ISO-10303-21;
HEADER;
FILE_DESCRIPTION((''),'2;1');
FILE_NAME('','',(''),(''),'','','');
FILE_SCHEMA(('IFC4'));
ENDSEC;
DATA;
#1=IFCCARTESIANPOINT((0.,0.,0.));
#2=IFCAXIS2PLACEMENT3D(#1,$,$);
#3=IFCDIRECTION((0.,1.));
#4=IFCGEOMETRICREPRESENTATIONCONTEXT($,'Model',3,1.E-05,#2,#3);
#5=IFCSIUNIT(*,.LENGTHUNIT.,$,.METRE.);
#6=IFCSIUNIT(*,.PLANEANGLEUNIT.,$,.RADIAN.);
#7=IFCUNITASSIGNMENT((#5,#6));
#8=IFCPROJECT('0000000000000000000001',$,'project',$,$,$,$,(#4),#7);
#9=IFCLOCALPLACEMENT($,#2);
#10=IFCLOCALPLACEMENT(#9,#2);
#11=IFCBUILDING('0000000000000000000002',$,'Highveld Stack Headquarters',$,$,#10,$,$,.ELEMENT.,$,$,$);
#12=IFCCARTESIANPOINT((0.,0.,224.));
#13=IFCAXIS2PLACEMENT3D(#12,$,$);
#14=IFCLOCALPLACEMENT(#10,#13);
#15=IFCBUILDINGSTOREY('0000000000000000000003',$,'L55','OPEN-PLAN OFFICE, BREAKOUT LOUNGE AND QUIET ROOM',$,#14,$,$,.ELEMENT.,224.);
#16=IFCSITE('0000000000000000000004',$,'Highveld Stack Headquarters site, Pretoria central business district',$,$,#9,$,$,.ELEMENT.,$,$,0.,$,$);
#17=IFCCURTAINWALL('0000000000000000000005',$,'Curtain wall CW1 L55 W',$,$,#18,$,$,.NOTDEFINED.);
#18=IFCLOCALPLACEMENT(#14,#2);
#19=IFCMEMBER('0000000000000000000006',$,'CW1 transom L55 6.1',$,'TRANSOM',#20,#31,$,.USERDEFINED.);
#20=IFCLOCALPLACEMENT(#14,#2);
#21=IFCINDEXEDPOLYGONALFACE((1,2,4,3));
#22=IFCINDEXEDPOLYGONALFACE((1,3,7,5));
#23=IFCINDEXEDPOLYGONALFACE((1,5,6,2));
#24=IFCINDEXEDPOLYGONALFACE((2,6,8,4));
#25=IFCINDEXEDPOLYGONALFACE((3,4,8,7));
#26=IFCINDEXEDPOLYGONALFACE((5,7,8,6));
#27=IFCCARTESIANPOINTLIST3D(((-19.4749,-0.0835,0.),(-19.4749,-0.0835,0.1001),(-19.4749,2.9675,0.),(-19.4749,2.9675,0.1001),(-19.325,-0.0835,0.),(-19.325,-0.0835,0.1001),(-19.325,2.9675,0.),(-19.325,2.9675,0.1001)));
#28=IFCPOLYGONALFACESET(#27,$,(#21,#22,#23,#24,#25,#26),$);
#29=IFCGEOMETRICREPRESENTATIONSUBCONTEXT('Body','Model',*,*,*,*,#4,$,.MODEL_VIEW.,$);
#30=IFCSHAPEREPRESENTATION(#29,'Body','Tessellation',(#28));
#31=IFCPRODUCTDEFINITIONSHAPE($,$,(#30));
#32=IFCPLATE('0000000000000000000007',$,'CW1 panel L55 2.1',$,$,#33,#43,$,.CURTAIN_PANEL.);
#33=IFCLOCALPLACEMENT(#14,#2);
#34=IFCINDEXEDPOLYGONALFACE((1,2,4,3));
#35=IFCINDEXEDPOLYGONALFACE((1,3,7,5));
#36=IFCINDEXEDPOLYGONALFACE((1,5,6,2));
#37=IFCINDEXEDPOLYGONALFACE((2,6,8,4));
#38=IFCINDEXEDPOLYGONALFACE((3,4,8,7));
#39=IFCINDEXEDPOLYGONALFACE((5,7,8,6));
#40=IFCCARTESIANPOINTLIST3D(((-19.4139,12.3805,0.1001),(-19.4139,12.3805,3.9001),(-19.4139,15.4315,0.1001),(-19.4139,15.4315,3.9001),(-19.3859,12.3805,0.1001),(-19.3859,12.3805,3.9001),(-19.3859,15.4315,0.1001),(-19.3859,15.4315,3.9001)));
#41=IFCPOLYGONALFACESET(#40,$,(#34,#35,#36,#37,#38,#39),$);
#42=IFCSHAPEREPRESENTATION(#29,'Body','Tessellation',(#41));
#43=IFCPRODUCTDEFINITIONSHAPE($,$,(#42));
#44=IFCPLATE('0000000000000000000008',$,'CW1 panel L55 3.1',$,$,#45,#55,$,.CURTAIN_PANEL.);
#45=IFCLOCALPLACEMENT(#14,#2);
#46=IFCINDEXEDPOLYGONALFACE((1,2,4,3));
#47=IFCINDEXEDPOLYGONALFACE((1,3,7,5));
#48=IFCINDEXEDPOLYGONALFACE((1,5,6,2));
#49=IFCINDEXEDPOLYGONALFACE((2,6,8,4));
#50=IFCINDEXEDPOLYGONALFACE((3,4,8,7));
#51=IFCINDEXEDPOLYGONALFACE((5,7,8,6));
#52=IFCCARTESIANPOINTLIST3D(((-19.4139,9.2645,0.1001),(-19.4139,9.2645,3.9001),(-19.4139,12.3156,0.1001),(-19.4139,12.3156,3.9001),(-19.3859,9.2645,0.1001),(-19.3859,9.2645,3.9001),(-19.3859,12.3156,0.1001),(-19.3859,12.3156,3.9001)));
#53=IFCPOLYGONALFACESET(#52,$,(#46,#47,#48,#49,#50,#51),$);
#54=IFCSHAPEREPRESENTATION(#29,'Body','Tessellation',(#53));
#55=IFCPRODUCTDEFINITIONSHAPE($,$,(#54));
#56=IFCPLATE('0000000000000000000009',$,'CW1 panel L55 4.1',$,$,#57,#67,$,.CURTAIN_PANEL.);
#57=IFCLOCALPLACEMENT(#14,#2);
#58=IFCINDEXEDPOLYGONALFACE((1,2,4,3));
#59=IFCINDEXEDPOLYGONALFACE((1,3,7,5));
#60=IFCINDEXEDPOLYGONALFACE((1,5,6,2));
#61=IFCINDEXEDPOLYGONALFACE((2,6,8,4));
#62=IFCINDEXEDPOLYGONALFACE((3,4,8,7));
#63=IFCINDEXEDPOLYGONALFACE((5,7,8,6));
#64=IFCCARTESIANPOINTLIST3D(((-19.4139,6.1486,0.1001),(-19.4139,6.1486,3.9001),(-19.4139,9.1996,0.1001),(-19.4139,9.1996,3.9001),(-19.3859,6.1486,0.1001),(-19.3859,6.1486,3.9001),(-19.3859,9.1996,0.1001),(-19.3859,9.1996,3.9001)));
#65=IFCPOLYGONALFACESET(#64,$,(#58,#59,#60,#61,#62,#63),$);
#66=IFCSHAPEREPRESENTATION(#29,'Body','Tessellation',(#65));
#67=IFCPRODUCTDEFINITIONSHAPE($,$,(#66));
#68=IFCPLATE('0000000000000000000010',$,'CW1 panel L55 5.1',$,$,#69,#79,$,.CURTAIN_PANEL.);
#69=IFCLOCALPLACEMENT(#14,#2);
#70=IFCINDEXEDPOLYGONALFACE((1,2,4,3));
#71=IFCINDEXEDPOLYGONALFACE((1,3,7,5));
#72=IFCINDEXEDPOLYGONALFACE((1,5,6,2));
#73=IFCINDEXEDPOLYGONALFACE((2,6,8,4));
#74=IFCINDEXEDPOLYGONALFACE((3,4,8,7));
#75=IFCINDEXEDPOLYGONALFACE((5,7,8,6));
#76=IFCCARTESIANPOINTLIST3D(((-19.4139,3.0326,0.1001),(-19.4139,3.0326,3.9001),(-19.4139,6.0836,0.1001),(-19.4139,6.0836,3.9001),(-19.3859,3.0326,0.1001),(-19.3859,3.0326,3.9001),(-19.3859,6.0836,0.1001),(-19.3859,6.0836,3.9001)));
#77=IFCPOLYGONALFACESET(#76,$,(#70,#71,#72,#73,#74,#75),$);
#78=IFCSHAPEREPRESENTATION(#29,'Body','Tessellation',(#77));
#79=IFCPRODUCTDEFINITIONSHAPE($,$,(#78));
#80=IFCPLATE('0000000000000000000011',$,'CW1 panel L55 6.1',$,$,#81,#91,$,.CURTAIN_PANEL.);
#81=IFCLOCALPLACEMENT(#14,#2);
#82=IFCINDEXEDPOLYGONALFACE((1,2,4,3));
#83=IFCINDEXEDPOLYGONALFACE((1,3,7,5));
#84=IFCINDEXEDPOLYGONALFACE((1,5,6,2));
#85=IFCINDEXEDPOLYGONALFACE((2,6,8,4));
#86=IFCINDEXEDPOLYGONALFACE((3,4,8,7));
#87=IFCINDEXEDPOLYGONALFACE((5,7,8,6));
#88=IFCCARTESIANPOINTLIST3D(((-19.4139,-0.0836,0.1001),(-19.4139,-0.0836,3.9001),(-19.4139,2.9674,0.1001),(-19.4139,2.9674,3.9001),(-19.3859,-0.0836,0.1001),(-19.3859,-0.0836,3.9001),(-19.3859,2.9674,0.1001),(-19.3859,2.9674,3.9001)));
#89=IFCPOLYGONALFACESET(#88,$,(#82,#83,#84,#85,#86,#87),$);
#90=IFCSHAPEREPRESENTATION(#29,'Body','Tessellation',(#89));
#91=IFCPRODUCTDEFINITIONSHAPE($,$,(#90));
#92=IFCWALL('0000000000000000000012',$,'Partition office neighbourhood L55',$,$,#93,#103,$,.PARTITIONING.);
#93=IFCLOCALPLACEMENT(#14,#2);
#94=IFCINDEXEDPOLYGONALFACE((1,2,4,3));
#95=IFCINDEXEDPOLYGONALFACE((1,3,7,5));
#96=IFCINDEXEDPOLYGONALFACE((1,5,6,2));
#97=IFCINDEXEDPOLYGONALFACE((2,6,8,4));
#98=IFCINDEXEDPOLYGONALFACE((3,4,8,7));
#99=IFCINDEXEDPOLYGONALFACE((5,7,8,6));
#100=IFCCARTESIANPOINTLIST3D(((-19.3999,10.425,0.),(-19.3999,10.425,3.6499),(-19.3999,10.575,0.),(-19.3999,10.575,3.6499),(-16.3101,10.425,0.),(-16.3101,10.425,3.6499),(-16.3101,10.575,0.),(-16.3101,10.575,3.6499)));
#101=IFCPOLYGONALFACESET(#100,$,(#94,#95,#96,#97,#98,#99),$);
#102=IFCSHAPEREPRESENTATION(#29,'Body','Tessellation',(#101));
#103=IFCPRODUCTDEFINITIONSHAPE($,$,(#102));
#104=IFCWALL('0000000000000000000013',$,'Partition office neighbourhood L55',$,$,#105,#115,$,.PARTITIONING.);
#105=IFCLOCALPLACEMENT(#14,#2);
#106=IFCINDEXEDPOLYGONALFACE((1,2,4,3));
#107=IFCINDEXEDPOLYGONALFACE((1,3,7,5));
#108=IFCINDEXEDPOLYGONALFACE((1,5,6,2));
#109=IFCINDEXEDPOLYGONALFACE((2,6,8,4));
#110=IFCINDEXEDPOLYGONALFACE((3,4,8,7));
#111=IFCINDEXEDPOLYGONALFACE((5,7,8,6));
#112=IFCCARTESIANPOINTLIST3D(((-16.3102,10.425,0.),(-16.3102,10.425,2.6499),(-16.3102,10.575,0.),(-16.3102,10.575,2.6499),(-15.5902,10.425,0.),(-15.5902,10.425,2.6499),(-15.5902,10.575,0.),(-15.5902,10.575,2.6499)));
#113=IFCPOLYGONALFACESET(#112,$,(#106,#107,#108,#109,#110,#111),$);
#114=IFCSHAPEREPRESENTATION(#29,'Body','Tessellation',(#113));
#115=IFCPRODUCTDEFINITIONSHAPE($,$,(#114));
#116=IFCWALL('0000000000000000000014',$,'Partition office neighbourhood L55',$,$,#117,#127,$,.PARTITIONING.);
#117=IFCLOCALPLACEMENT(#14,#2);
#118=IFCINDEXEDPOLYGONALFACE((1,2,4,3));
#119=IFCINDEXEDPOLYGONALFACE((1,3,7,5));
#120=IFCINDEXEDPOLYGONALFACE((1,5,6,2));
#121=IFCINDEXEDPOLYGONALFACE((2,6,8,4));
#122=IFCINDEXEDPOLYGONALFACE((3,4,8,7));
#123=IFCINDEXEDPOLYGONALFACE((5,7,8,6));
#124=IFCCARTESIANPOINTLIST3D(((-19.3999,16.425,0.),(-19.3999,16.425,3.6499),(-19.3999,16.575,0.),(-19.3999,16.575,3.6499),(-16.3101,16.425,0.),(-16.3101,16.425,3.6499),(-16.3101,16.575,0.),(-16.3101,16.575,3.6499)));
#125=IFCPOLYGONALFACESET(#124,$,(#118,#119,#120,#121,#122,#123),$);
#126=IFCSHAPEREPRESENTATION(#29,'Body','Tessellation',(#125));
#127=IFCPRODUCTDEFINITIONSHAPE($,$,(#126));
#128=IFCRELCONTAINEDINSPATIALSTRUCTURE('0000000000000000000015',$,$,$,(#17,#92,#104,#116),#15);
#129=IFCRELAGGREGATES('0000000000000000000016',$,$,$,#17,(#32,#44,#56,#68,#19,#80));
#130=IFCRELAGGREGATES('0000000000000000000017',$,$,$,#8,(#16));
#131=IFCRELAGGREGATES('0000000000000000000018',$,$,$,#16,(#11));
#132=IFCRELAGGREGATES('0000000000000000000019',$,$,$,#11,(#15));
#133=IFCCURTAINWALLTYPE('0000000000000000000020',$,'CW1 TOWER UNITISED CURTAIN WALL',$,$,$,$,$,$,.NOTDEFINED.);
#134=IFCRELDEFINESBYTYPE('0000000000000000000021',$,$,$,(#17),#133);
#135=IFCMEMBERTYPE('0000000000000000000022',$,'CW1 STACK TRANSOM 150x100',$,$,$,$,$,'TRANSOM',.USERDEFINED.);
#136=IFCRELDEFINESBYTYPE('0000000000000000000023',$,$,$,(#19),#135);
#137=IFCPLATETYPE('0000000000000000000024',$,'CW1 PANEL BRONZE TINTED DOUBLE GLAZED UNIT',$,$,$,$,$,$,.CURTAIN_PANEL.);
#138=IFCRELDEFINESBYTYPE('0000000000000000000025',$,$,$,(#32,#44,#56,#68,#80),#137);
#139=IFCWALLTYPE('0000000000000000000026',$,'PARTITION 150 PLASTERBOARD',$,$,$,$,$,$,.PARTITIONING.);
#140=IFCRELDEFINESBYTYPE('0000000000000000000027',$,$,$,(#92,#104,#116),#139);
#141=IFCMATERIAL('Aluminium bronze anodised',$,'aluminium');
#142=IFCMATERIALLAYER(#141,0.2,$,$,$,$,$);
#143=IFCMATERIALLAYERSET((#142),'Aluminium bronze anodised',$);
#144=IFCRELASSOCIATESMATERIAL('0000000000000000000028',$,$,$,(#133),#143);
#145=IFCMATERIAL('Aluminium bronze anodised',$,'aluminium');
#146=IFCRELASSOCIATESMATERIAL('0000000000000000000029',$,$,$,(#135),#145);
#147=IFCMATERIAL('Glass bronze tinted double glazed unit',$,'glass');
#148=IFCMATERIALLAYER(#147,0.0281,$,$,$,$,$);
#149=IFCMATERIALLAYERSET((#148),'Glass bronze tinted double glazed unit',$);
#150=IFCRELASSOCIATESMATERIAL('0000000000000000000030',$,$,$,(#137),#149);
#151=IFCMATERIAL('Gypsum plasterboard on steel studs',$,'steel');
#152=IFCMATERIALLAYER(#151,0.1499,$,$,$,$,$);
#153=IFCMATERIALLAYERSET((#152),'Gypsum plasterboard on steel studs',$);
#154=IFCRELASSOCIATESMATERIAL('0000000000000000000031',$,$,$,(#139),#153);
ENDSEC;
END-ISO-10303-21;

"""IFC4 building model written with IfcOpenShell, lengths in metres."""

from ifc_helpers import new_model, si_unit, direction, frame, frame_2d, origin, origin_2d, place, context, subcontext, project, spatial, rectangle, extrude, material, layer, layer_set, material_profile, profile_set, type_object, element, aggregate, save


model = new_model("IFC4")

# Units and contexts
model_context = context("Model", 3, precision=1e-05, world=origin(), true_north=direction((0.0, 1.0)))
body_context = subcontext(model_context, "Body", "Model", "MODEL_VIEW")
ifc_project = project(units=[si_unit("LENGTHUNIT", "METRE"), si_unit("PLANEANGLEUNIT", "RADIAN")], contexts=[model_context])

# Site, building, storey
site_placement = place(None, origin())
site = spatial("IfcSite", under=ifc_project, at=site_placement, Name="Highveld Stack Headquarters site, Pretoria central business district", CompositionType="ELEMENT", RefElevation=0.0)
building_placement = place(site_placement, origin())
building = spatial("IfcBuilding", under=site, at=building_placement, Name="Highveld Stack Headquarters", CompositionType="ELEMENT")
storey_placement = place(building_placement, frame((0.0, 0.0, 224.0)))
storey = spatial("IfcBuildingStorey", under=building, at=storey_placement, Name="L55", Description="OPEN-PLAN OFFICE, BREAKOUT LOUNGE AND QUIET ROOM", CompositionType="ELEMENT", Elevation=224.0)

# Curtain wall, member, plates
ifc_material_1 = material(Name="Aluminium bronze anodised", Category="aluminium")
ifc_layer_1 = layer(ifc_material_1, 0.2)
ifc_layer_set_1 = layer_set([ifc_layer_1], Name="Aluminium bronze anodised")
curtain_wall_type = type_object("IfcCurtainWallType", Name="CW1 TOWER UNITISED CURTAIN WALL", PredefinedType="NOTDEFINED", material=ifc_layer_set_1)
curtain_wall_placement = place(storey_placement, origin())
curtain_wall = element("IfcCurtainWall", 1, at=curtain_wall_placement, inside=storey, type_object=curtain_wall_type, Name="Curtain wall CW1 L55 W", PredefinedType="NOTDEFINED")
ifc_material_2 = material(Name="Aluminium bronze anodised", Category="aluminium")
ifc_material_profile_1 = material_profile(ifc_material_2, rectangle(XDim=0.1499, YDim=0.1001, at=origin_2d()), Name="CW1 TRANSOM 150x100")
ifc_profile_set_1 = profile_set([ifc_material_profile_1], Name="Aluminium bronze anodised")
member_type_1 = type_object("IfcMemberType", Name="CW1 STACK TRANSOM 150x100", ElementType="TRANSOM", PredefinedType="USERDEFINED", material=ifc_profile_set_1)
member_1_placement = place(storey_placement, frame((-19.3999, 2.9675, 0.05), z_axis=(0.0, -1.0, 0.0), x_axis=(1.0, 0.0, 0.0)))
member_1 = element("IfcMember", 2, at=member_1_placement, type_object=member_type_1, Name="CW1 transom L55 6.1", ObjectType="TRANSOM", PredefinedType="USERDEFINED", context=body_context, shape_type="SweptSolid", body=[
    extrude(rectangle(XDim=0.1499, YDim=0.1001, at=origin_2d()), origin(), (0.0, 0.0, 1.0), 3.051),
])
ifc_material_3 = material(Name="Glass bronze tinted double glazed unit", Category="glass")
ifc_layer_2 = layer(ifc_material_3, 0.0281)
ifc_layer_set_2 = layer_set([ifc_layer_2], Name="Glass bronze tinted double glazed unit")
plate_type = type_object("IfcPlateType", Name="CW1 PANEL BRONZE TINTED DOUBLE GLAZED UNIT", PredefinedType="CURTAIN_PANEL", material=ifc_layer_set_2)
plate_1_placement = place(storey_placement, frame((-19.3999, 13.906, 0.1001), z_axis=(0.0, 0.0, 1.0), x_axis=(0.0, -1.0, 0.0)))
plate_1 = element("IfcPlate", 3, at=plate_1_placement, type_object=plate_type, Name="CW1 panel L55 2.1", PredefinedType="CURTAIN_PANEL", context=body_context, shape_type="SweptSolid", body=[
    extrude(rectangle(XDim=3.051, YDim=0.0281, at=origin_2d()), origin(), (0.0, 0.0, 1.0), 3.8),
])
plate_2_placement = place(storey_placement, frame((-19.3999, 10.79, 0.1001), z_axis=(0.0, 0.0, 1.0), x_axis=(0.0, -1.0, 0.0)))
plate_2 = element("IfcPlate", 4, at=plate_2_placement, type_object=plate_type, Name="CW1 panel L55 3.1", PredefinedType="CURTAIN_PANEL", context=body_context, shape_type="SweptSolid", body=[
    extrude(rectangle(XDim=3.051, YDim=0.0281, at=origin_2d()), origin(), (0.0, 0.0, 1.0), 3.8),
])
plate_3_placement = place(storey_placement, frame((-19.3999, 7.6741, 0.1001), z_axis=(0.0, 0.0, 1.0), x_axis=(0.0, -1.0, 0.0)))
plate_3 = element("IfcPlate", 5, at=plate_3_placement, type_object=plate_type, Name="CW1 panel L55 4.1", PredefinedType="CURTAIN_PANEL", context=body_context, shape_type="SweptSolid", body=[
    extrude(rectangle(XDim=3.051, YDim=0.0281, at=origin_2d()), origin(), (0.0, 0.0, 1.0), 3.8),
])
plate_4_placement = place(storey_placement, frame((-19.3999, 4.5581, 0.1001), z_axis=(0.0, 0.0, 1.0), x_axis=(0.0, -1.0, 0.0)))
plate_4 = element("IfcPlate", 6, at=plate_4_placement, type_object=plate_type, Name="CW1 panel L55 5.1", PredefinedType="CURTAIN_PANEL", context=body_context, shape_type="SweptSolid", body=[
    extrude(rectangle(XDim=3.051, YDim=0.0281, at=origin_2d()), origin(), (0.0, 0.0, 1.0), 3.8),
])
plate_5_placement = place(storey_placement, frame((-19.3999, 1.4419, 0.1001), z_axis=(0.0, 0.0, 1.0), x_axis=(0.0, -1.0, 0.0)))
plate_5 = element("IfcPlate", 7, at=plate_5_placement, type_object=plate_type, Name="CW1 panel L55 6.1", PredefinedType="CURTAIN_PANEL", context=body_context, shape_type="SweptSolid", body=[
    extrude(rectangle(XDim=3.051, YDim=0.0281, at=origin_2d()), origin(), (0.0, 0.0, 1.0), 3.8),
])
aggregate(curtain_wall, [plate_1, plate_2, plate_3, plate_4, member_1, plate_5])

# Walls
ifc_material_4 = material(Name="Gypsum plasterboard on steel studs", Category="steel")
ifc_layer_3 = layer(ifc_material_4, 0.1499)
ifc_layer_set_3 = layer_set([ifc_layer_3], Name="Gypsum plasterboard on steel studs")
wall_type = type_object("IfcWallType", Name="PARTITION 150 PLASTERBOARD", PredefinedType="PARTITIONING", material=ifc_layer_set_3)
wall_1_placement = place(storey_placement, frame((-19.3999, 10.5, 0.0), z_axis=(0.0, 0.0, 1.0), x_axis=(1.0, 0.0, 0.0)))
element("IfcWall", 8, at=wall_1_placement, inside=storey, type_object=wall_type, Name="Partition office neighbourhood L55", PredefinedType="PARTITIONING", context=body_context, shape_type="SweptSolid", body=[
    extrude(rectangle(XDim=3.0898, YDim=0.1499, at=frame_2d((1.5449, 0.0))), origin(), (0.0, 0.0, 1.0), 3.6499),
])
wall_2_placement = place(storey_placement, frame((-16.3101, 10.5, 0.0), z_axis=(0.0, 0.0, 1.0), x_axis=(1.0, 0.0, 0.0)))
element("IfcWall", 9, at=wall_2_placement, inside=storey, type_object=wall_type, Name="Partition office neighbourhood L55", PredefinedType="PARTITIONING", context=body_context, shape_type="SweptSolid", body=[
    extrude(rectangle(XDim=0.72, YDim=0.1499, at=frame_2d((0.3599, 0.0))), origin(), (0.0, 0.0, 1.0), 2.6499),
])
wall_3_placement = place(storey_placement, frame((-19.3999, 16.5, 0.0), z_axis=(0.0, 0.0, 1.0), x_axis=(1.0, 0.0, 0.0)))
element("IfcWall", 10, at=wall_3_placement, inside=storey, type_object=wall_type, Name="Partition office neighbourhood L55", PredefinedType="PARTITIONING", context=body_context, shape_type="SweptSolid", body=[
    extrude(rectangle(XDim=3.0898, YDim=0.1499, at=frame_2d((1.5449, 0.0))), origin(), (0.0, 0.0, 1.0), 3.6499),
])

save(model, "model.ifc")
